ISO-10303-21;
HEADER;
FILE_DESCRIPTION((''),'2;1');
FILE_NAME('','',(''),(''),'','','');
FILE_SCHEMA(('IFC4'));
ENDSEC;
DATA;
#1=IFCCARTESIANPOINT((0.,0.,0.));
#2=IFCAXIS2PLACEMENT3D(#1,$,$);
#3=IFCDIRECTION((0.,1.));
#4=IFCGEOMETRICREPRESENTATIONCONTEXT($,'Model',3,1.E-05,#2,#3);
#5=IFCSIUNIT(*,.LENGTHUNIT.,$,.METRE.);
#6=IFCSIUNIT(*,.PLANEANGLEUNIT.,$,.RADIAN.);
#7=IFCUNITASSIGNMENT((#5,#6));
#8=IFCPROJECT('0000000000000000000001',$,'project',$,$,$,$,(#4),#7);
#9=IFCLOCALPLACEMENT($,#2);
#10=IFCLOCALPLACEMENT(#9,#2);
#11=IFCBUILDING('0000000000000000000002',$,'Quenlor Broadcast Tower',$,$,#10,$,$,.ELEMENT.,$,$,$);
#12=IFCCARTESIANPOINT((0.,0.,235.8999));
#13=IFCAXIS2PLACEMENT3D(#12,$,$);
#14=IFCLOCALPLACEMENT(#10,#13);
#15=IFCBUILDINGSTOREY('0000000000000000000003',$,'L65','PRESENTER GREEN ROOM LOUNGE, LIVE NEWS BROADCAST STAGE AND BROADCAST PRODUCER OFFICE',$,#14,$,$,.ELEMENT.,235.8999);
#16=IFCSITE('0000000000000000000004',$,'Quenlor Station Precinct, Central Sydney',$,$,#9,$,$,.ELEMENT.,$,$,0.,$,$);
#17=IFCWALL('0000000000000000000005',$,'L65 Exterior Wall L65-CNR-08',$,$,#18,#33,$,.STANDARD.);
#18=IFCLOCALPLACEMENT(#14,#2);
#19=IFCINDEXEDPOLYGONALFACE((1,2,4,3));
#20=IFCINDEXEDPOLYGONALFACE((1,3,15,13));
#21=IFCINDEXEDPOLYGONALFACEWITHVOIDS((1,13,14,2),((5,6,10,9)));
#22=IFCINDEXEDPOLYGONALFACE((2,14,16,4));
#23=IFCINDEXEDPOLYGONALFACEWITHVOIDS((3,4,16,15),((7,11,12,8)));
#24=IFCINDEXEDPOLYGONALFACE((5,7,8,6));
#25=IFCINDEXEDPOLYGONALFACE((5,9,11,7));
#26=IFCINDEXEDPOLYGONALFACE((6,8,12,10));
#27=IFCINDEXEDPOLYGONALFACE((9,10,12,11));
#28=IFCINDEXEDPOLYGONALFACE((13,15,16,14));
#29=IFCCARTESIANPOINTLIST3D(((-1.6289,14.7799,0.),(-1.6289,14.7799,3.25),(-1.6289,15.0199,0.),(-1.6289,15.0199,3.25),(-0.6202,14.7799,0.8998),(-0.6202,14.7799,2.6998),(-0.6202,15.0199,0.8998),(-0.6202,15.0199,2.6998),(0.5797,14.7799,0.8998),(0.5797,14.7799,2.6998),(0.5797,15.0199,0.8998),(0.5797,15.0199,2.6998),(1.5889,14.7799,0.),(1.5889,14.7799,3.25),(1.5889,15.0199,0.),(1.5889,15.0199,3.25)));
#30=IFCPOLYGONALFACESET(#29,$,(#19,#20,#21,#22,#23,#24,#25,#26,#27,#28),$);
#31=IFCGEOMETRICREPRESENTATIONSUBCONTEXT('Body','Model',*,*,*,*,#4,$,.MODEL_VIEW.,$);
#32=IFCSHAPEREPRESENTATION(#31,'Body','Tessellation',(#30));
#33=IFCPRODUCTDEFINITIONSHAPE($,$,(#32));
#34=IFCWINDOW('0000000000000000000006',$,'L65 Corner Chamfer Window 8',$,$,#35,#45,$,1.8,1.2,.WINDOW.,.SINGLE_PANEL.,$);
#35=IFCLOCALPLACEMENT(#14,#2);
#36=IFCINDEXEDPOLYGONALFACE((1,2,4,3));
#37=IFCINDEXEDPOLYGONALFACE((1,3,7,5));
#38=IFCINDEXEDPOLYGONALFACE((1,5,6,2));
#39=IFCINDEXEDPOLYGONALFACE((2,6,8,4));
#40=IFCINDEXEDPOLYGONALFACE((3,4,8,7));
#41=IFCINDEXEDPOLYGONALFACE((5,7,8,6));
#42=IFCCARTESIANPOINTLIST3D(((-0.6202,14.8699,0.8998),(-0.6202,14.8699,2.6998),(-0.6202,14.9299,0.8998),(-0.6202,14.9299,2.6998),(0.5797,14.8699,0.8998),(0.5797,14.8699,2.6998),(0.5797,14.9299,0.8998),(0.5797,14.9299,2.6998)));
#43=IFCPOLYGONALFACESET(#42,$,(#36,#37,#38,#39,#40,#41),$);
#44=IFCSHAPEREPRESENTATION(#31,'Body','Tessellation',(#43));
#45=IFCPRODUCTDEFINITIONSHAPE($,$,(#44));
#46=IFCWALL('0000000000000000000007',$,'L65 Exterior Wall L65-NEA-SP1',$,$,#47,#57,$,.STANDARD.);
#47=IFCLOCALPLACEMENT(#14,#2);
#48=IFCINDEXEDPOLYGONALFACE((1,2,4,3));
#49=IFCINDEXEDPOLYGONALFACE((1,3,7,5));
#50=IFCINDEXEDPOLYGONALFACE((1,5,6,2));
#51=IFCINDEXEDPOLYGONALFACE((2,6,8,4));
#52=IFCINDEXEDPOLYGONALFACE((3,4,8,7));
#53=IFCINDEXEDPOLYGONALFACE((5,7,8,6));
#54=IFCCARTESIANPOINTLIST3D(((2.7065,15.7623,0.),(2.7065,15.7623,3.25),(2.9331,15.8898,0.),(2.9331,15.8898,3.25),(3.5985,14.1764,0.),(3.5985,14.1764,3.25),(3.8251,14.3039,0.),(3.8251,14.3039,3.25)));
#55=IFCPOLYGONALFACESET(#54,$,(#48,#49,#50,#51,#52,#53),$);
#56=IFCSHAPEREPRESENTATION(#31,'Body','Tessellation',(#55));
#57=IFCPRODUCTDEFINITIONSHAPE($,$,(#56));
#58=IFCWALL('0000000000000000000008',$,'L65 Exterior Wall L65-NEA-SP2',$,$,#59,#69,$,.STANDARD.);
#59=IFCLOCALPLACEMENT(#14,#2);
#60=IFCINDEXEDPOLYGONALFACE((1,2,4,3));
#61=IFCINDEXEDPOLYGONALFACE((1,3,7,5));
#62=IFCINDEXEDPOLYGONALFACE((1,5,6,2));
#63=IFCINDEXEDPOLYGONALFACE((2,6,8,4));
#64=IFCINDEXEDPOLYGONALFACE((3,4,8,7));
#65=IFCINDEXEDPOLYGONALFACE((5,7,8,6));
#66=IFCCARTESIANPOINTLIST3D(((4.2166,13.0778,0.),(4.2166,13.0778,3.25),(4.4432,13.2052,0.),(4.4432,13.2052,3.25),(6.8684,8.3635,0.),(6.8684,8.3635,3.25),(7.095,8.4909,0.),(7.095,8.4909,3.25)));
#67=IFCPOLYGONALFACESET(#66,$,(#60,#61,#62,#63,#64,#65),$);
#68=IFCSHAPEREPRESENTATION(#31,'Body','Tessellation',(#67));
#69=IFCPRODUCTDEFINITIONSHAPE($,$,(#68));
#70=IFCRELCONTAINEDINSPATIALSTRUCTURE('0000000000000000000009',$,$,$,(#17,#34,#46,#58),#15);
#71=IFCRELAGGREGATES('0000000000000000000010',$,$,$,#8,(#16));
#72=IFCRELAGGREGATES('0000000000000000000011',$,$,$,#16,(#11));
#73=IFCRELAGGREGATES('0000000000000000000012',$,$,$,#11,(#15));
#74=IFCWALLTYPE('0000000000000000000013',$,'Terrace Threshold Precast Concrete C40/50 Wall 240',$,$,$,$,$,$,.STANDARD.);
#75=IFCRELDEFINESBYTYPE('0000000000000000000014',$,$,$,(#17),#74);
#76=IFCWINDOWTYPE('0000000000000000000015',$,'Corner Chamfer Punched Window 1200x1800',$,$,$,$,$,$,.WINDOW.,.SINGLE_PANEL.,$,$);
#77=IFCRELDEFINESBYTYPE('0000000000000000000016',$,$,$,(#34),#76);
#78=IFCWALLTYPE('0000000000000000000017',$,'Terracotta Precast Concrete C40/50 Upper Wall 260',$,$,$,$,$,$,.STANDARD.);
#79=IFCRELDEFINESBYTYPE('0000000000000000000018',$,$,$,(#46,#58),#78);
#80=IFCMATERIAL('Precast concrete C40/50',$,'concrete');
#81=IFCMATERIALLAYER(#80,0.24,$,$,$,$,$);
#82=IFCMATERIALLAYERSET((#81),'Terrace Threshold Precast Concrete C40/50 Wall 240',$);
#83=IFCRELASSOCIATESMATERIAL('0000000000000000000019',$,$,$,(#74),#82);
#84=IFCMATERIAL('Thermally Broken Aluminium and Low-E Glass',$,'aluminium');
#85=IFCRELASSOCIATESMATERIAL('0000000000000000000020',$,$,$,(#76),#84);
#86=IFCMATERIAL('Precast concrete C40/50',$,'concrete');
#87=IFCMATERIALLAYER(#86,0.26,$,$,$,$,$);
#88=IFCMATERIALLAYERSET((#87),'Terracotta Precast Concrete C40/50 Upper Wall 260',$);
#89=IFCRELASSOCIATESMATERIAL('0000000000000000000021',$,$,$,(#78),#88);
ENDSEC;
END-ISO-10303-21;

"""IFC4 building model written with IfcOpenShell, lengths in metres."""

from ifc_helpers import new_model, si_unit, direction, frame, frame_2d, origin, place, context, subcontext, project, spatial, rectangle, extrude, material, layer, layer_set, type_object, element, fill, save


model = new_model("IFC4")

# Units and contexts
model_context = context("Model", 3, precision=1e-05, world=origin(), true_north=direction((0.0, 1.0)))
body_context = subcontext(model_context, "Body", "Model", "MODEL_VIEW")
ifc_project = project(units=[si_unit("LENGTHUNIT", "METRE"), si_unit("PLANEANGLEUNIT", "RADIAN")], contexts=[model_context])

# Site, building, storey
site_placement = place(None, origin())
site = spatial("IfcSite", under=ifc_project, at=site_placement, Name="Quenlor Station Precinct, Central Sydney", CompositionType="ELEMENT", RefElevation=0.0)
building_placement = place(site_placement, origin())
building = spatial("IfcBuilding", under=site, at=building_placement, Name="Quenlor Broadcast Tower", CompositionType="ELEMENT")
storey_placement = place(building_placement, frame((0.0, 0.0, 235.8999)))
storey = spatial("IfcBuildingStorey", under=building, at=storey_placement, Name="L65", Description="PRESENTER GREEN ROOM LOUNGE, LIVE NEWS BROADCAST STAGE AND BROADCAST PRODUCER OFFICE", CompositionType="ELEMENT", Elevation=235.8999)

# Shared definitions
ifc_material_1 = material(Name="Precast concrete C40/50", Category="concrete")
ifc_layer_1 = layer(ifc_material_1, 0.24)
ifc_layer_set_1 = layer_set([ifc_layer_1], Name="Terrace Threshold Precast Concrete C40/50 Wall 240")
wall_type_1 = type_object("IfcWallType", Name="Terrace Threshold Precast Concrete C40/50 Wall 240", PredefinedType="STANDARD", material=ifc_layer_set_1)

# Wall, opening, window
wall_1_placement = place(storey_placement, frame((1.5889, 14.8999, 0.0), z_axis=(0.0, 0.0, 1.0), x_axis=(-1.0, 0.0, 0.0)))
wall_1 = element("IfcWall", 1, at=wall_1_placement, inside=storey, type_object=wall_type_1, Name="L65 Exterior Wall L65-CNR-08", PredefinedType="STANDARD", context=body_context, shape_type="SweptSolid", body=[
    extrude(rectangle(XDim=3.2178, YDim=0.24, at=frame_2d((1.6089, 0.0))), origin(), (0.0, 0.0, 1.0), 3.25),
])
opening_placement = place(wall_1_placement, frame((1.009, 0.0, 0.8999)))
opening = element("IfcOpeningElement", 2, at=opening_placement, cuts=wall_1, PredefinedType="OPENING", context=body_context, shape_type="SweptSolid", body=[
    extrude(rectangle(XDim=1.2, YDim=1.8, at=frame_2d((0.6001, 0.8999))), frame((0.0, 0.1299, 0.0), z_axis=(0.0, -1.0, 0.0), x_axis=(1.0, 0.0, 0.0)), (0.0, 0.0, 1.0), 0.26),
])
ifc_material_2 = material(Name="Thermally Broken Aluminium and Low-E Glass", Category="aluminium")
window_type = type_object("IfcWindowType", Name="Corner Chamfer Punched Window 1200x1800", PartitioningType="SINGLE_PANEL", PredefinedType="WINDOW", material=ifc_material_2)
window_placement = place(opening_placement, origin())
window = element("IfcWindow", 3, at=window_placement, inside=storey, type_object=window_type, Name="L65 Corner Chamfer Window 8", OverallHeight=1.8, OverallWidth=1.2, PartitioningType="SINGLE_PANEL", PredefinedType="WINDOW", context=body_context, shape_type="SweptSolid", body=[
    extrude(rectangle(XDim=1.2, YDim=1.8, at=frame_2d((0.6001, 0.8999))), frame((0.0, 0.03, 0.0), z_axis=(0.0, -1.0, 0.0), x_axis=(1.0, 0.0, 0.0)), (0.0, 0.0, 1.0), 0.0601),
])
fill(opening, window)

# Walls
ifc_material_3 = material(Name="Precast concrete C40/50", Category="concrete")
ifc_layer_2 = layer(ifc_material_3, 0.26)
ifc_layer_set_2 = layer_set([ifc_layer_2], Name="Terracotta Precast Concrete C40/50 Upper Wall 260")
wall_type_2 = type_object("IfcWallType", Name="Terracotta Precast Concrete C40/50 Upper Wall 260", PredefinedType="STANDARD", material=ifc_layer_set_2)
wall_2_placement = place(storey_placement, frame((2.8198, 15.8259, 0.0), z_axis=(0.0, 0.0, 1.0), x_axis=(0.490261, -0.871576, 0.0)))
element("IfcWall", 4, at=wall_2_placement, inside=storey, type_object=wall_type_2, Name="L65 Exterior Wall L65-NEA-SP1", PredefinedType="STANDARD", context=body_context, shape_type="SweptSolid", body=[
    extrude(rectangle(XDim=1.8196, YDim=0.26, at=frame_2d((0.9097, 0.0))), origin(), (0.0, 0.0, 1.0), 3.25),
])
wall_3_placement = place(storey_placement, frame((4.3298, 13.1416, 0.0), z_axis=(0.0, 0.0, 1.0), x_axis=(0.490266, -0.871573, 0.0)))
element("IfcWall", 5, at=wall_3_placement, inside=storey, type_object=wall_type_2, Name="L65 Exterior Wall L65-NEA-SP2", PredefinedType="STANDARD", context=body_context, shape_type="SweptSolid", body=[
    extrude(rectangle(XDim=5.4089, YDim=0.26, at=frame_2d((2.7046, 0.0))), origin(), (0.0, 0.0, 1.0), 3.25),
])

save(model, "model.ifc")
